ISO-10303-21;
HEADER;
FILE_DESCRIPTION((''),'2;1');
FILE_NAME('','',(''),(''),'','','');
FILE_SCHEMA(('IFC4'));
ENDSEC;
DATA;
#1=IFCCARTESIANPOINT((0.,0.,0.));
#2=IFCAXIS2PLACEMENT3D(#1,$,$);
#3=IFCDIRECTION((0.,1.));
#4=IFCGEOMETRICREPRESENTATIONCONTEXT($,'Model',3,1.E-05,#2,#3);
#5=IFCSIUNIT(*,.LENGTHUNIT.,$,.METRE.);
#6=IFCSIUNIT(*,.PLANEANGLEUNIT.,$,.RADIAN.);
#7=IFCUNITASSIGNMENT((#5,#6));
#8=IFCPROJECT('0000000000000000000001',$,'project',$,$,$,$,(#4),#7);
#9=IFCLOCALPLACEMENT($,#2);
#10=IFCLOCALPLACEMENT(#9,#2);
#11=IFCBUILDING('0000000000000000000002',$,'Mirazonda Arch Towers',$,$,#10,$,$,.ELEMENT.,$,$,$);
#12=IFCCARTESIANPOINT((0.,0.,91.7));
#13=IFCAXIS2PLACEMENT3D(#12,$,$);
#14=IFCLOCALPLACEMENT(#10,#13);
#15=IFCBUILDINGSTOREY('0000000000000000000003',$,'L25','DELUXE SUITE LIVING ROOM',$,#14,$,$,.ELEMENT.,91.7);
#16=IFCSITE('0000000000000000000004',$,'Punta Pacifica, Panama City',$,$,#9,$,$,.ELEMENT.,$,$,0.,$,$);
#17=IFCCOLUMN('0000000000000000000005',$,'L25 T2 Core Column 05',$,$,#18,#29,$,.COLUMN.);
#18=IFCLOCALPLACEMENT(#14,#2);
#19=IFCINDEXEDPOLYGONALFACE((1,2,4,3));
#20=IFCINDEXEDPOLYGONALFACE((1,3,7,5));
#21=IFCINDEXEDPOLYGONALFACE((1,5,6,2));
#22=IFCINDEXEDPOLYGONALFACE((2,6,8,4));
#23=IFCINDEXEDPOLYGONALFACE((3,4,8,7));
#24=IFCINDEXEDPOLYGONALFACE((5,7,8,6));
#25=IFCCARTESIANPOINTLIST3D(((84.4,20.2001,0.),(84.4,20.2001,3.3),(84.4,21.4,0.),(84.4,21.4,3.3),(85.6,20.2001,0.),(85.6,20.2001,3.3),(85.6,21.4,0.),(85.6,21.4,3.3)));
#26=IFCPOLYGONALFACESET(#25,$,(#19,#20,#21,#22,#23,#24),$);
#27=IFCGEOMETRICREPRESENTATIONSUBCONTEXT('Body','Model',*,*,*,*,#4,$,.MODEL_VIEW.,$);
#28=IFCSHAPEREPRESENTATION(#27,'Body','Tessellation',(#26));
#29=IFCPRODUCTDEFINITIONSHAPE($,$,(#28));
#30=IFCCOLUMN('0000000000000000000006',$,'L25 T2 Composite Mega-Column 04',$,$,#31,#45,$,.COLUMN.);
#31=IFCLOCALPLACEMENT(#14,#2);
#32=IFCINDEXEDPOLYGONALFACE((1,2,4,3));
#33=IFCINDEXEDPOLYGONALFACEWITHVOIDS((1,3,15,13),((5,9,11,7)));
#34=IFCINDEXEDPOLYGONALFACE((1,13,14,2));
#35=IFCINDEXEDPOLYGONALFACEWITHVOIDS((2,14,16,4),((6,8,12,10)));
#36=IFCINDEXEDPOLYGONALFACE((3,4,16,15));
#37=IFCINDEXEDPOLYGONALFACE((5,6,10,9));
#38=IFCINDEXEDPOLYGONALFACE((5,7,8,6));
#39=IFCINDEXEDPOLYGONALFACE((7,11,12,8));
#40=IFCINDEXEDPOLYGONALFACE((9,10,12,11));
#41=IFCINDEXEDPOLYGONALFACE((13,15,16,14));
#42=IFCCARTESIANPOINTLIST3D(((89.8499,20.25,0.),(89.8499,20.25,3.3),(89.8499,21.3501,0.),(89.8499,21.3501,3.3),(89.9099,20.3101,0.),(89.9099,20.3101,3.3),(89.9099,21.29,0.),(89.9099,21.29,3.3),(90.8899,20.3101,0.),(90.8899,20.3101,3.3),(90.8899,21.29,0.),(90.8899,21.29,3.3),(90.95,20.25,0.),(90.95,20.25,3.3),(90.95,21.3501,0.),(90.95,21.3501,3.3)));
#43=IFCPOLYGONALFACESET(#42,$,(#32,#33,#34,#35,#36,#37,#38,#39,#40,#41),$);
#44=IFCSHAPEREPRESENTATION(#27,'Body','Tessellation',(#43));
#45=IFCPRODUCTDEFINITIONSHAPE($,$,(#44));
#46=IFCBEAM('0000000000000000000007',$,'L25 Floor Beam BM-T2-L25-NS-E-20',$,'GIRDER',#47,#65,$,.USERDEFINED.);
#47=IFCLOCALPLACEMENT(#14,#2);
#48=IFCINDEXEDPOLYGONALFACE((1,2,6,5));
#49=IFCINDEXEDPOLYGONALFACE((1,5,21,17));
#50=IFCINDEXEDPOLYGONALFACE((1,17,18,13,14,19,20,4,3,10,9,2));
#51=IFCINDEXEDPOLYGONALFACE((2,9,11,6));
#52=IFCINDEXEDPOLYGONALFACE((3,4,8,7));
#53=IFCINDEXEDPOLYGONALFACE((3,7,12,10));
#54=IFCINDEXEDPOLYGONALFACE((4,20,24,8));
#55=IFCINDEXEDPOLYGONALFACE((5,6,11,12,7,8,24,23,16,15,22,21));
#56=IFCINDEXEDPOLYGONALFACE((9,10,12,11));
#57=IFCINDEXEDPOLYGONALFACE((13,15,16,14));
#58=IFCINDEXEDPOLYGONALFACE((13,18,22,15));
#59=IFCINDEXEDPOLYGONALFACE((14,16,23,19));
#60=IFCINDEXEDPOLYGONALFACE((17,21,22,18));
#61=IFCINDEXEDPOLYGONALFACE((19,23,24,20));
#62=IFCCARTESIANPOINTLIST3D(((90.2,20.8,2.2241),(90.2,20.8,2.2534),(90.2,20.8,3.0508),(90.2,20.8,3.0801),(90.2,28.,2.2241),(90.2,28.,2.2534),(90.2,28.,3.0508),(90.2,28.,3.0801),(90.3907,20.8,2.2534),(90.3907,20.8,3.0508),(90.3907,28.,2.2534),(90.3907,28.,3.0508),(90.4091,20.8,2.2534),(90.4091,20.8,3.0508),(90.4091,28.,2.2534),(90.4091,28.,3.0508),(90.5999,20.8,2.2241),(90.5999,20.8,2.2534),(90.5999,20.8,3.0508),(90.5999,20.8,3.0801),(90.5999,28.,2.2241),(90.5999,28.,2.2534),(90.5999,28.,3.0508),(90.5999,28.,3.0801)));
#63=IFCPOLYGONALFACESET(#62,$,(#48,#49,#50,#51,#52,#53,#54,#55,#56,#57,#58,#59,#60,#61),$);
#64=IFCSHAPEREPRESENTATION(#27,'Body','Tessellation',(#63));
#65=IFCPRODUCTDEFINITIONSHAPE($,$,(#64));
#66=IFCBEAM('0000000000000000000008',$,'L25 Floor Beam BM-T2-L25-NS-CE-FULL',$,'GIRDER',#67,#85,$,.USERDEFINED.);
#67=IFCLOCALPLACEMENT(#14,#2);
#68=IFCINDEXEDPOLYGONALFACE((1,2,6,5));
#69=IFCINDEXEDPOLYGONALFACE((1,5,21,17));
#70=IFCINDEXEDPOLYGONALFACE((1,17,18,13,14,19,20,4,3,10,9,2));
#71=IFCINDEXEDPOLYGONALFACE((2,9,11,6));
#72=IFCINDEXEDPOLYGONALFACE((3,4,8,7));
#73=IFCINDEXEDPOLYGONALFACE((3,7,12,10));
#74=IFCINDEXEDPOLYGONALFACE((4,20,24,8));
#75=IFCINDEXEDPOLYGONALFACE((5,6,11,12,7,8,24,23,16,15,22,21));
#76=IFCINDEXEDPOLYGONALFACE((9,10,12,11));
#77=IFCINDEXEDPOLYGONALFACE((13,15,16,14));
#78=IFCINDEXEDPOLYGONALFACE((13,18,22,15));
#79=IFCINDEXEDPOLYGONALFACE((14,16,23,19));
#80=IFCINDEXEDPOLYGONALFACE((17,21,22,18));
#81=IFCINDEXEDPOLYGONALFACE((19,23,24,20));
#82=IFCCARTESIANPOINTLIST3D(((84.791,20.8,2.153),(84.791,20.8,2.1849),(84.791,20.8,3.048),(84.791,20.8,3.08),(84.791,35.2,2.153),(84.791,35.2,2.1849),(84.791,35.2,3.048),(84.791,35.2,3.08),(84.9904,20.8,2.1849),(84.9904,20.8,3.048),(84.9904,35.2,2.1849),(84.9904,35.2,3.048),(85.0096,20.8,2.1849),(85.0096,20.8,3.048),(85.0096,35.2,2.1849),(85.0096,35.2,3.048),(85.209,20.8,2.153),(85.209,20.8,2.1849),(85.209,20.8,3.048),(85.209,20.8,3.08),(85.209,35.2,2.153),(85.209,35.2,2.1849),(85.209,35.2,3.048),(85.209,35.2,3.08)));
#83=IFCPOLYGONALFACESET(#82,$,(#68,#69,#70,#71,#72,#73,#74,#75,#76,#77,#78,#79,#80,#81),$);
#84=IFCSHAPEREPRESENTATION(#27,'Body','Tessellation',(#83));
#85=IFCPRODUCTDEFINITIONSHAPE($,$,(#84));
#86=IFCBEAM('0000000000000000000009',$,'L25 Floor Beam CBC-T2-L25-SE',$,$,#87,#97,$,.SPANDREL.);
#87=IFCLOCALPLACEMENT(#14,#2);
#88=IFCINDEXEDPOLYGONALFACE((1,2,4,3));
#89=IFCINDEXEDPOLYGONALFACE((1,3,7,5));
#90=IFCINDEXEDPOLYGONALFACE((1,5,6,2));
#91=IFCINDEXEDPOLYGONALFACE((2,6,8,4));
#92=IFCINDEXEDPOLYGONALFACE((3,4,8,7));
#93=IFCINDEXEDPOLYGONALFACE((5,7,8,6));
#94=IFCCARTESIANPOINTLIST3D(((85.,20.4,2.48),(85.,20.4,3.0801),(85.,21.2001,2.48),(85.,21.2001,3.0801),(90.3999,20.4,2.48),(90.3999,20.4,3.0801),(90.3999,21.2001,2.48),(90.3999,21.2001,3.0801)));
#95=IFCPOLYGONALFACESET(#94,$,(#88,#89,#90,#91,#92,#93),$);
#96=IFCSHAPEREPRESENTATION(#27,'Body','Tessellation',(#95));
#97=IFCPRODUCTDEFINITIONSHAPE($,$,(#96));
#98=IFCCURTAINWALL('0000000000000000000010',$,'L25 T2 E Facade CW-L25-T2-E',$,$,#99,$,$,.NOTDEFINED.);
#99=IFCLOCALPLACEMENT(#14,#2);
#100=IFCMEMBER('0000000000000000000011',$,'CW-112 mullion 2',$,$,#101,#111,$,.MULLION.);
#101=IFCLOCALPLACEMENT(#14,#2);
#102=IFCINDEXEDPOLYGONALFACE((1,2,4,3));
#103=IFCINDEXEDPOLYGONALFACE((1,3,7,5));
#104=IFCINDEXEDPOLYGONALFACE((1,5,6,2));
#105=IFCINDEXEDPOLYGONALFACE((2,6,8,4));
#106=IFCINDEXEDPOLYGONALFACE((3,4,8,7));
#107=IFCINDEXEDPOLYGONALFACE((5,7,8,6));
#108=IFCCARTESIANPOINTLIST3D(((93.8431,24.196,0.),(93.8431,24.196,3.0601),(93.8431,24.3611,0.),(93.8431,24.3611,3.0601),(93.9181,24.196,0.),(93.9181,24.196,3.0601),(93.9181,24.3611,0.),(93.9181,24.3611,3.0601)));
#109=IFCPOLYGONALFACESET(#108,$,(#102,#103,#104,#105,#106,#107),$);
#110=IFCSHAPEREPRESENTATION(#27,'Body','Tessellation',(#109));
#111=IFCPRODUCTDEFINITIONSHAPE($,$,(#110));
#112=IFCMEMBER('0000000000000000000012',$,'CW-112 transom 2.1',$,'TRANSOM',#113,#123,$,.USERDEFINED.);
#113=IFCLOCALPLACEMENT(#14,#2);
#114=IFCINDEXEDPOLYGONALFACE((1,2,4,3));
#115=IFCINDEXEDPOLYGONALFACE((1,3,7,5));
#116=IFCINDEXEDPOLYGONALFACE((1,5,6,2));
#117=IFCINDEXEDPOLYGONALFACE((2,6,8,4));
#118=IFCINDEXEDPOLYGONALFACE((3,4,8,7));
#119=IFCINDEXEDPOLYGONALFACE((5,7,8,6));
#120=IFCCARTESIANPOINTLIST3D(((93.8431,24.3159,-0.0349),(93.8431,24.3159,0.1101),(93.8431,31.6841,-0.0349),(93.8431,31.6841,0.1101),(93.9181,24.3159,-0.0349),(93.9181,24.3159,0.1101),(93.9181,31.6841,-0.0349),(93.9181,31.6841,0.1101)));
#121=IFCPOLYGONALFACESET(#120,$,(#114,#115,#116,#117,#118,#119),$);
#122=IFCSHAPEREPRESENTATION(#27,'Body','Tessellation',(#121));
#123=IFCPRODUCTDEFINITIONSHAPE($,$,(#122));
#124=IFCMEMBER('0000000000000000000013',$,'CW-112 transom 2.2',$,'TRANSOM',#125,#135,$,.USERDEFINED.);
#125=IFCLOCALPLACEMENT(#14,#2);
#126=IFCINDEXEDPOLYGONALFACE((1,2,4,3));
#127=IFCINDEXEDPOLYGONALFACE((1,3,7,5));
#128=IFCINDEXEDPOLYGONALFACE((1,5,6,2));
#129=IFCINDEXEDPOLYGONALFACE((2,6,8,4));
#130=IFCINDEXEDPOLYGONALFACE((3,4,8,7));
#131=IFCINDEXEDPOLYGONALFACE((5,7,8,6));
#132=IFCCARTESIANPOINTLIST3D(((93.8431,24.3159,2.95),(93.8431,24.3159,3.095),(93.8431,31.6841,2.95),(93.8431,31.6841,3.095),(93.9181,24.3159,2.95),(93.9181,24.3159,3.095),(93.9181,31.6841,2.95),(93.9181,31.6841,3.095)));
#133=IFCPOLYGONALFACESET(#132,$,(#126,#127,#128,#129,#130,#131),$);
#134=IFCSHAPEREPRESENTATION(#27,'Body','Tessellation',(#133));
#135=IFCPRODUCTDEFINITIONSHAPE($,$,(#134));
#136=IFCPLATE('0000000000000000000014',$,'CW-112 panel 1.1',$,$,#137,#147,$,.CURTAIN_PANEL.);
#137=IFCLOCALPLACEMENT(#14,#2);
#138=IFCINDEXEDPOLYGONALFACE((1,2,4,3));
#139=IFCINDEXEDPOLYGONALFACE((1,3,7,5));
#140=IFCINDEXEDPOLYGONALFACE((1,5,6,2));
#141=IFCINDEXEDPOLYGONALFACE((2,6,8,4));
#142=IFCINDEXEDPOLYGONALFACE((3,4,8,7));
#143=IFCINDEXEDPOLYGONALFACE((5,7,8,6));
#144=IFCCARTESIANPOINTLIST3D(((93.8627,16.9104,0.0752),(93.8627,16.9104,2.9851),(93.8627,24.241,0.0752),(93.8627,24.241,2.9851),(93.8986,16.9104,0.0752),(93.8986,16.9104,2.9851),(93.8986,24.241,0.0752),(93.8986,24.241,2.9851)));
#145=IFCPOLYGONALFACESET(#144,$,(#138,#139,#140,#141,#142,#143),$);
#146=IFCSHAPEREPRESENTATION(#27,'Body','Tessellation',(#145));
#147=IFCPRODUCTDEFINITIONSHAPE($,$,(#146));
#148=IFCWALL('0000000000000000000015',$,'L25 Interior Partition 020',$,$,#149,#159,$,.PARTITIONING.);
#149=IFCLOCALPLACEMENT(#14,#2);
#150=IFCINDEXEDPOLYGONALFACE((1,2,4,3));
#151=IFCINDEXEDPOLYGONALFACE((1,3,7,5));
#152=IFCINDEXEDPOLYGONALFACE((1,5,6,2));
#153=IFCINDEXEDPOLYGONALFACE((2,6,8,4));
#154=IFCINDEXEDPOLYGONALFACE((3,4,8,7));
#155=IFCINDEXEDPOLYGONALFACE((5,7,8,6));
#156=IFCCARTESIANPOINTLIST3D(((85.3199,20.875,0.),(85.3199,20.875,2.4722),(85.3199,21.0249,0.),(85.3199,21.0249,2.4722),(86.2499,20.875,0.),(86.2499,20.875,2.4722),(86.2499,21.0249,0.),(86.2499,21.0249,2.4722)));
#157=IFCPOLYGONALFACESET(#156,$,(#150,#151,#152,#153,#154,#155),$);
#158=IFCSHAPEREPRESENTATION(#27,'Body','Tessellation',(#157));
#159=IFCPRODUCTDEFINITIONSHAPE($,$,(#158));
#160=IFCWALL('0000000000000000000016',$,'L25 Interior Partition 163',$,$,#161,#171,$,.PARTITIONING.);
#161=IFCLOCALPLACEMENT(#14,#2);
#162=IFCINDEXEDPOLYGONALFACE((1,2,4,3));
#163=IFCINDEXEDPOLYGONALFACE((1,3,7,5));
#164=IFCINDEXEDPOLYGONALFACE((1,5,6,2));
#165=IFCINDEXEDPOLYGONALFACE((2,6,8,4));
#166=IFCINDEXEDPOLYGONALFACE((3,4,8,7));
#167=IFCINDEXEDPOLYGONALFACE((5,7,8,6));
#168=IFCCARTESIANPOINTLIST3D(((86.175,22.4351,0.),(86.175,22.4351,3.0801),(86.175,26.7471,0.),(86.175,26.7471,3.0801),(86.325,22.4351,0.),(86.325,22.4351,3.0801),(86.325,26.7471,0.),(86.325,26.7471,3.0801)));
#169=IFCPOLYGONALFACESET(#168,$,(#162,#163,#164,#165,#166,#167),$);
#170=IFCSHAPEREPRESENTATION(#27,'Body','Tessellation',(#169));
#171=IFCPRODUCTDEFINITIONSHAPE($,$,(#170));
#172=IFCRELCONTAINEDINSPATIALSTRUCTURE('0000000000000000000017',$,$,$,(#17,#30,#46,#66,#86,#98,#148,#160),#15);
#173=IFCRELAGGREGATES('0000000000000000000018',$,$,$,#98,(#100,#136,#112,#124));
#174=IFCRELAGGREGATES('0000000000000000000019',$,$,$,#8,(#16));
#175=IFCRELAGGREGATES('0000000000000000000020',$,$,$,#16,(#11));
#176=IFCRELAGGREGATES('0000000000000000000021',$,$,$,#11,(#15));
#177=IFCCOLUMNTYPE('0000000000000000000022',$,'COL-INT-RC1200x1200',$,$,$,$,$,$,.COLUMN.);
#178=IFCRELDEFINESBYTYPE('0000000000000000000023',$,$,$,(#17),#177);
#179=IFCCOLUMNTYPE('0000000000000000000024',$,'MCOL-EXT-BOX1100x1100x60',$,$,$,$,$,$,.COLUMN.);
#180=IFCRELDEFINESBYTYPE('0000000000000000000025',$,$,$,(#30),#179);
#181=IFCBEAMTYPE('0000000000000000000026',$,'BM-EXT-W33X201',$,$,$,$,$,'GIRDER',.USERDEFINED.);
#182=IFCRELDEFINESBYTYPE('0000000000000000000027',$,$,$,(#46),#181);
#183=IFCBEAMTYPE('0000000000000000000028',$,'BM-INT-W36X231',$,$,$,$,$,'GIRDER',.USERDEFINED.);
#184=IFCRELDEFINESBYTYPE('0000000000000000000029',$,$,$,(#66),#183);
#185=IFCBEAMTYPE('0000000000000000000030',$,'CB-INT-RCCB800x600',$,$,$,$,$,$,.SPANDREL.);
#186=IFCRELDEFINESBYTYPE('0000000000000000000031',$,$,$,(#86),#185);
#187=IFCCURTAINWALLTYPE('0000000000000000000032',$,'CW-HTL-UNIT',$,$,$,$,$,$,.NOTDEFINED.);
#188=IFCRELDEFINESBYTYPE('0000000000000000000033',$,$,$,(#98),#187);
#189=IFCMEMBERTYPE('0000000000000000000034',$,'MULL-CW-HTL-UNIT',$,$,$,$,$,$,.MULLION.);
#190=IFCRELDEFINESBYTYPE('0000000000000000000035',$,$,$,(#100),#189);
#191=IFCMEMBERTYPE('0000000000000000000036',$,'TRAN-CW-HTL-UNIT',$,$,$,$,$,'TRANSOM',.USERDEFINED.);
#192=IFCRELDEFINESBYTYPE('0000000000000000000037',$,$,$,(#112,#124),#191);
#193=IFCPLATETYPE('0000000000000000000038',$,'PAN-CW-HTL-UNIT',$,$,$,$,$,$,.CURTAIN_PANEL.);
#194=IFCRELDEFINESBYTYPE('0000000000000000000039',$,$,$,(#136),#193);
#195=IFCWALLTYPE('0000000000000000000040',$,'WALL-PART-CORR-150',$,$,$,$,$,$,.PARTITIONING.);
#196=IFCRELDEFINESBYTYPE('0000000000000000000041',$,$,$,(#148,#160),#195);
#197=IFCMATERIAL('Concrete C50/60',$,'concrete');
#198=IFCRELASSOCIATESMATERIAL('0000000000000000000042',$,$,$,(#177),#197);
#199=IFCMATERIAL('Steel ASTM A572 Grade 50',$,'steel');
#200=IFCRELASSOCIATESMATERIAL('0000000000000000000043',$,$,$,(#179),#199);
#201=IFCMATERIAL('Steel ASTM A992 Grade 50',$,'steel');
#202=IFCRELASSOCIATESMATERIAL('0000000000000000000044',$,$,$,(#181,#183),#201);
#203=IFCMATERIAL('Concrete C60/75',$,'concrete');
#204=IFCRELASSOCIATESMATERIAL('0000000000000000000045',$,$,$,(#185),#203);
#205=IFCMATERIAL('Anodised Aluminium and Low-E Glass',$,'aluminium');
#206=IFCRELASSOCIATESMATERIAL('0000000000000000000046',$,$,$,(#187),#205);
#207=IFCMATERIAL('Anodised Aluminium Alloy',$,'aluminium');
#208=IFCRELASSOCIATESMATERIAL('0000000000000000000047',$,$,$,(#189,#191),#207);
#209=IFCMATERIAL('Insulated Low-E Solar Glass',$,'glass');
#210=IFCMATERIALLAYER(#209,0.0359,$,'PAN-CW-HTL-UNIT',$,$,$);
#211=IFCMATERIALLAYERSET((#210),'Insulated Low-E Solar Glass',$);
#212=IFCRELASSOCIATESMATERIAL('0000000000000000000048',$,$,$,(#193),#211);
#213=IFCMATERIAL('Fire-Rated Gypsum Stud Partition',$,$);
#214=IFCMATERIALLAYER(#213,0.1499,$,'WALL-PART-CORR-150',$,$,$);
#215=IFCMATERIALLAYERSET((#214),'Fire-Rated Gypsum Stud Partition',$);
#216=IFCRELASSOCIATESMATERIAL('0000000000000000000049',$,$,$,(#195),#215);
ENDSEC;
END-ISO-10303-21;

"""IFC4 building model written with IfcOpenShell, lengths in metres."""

from ifc_helpers import new_model, si_unit, direction, frame, frame_2d, origin, origin_2d, place, context, subcontext, project, spatial, rectangle, hollow_rectangle, i_section, extrude, material, layer, layer_set, material_profile, profile_set, type_object, element, aggregate, save


model = new_model("IFC4")

# Units and contexts
model_context = context("Model", 3, precision=1e-05, world=origin(), true_north=direction((0.0, 1.0)))
body_context = subcontext(model_context, "Body", "Model", "MODEL_VIEW")
ifc_project = project(units=[si_unit("LENGTHUNIT", "METRE"), si_unit("PLANEANGLEUNIT", "RADIAN")], contexts=[model_context])

# Site, building, storey
site_placement = place(None, origin())
site = spatial("IfcSite", under=ifc_project, at=site_placement, Name="Punta Pacifica, Panama City", CompositionType="ELEMENT", RefElevation=0.0)
building_placement = place(site_placement, origin())
building = spatial("IfcBuilding", under=site, at=building_placement, Name="Mirazonda Arch Towers", CompositionType="ELEMENT")
storey_placement = place(building_placement, frame((0.0, 0.0, 91.7)))
storey = spatial("IfcBuildingStorey", under=building, at=storey_placement, Name="L25", Description="DELUXE SUITE LIVING ROOM", CompositionType="ELEMENT", Elevation=91.7)

# Columns
ifc_material_1 = material(Name="Concrete C50/60", Category="concrete")
ifc_material_profile_1 = material_profile(ifc_material_1, rectangle(XDim=1.2, YDim=1.2, at=origin_2d()), Name="RC1200x1200")
ifc_profile_set_1 = profile_set([ifc_material_profile_1], Name="Concrete C50/60")
column_type_1 = type_object("IfcColumnType", Name="COL-INT-RC1200x1200", PredefinedType="COLUMN", material=ifc_profile_set_1)
column_1_placement = place(storey_placement, frame((85.0, 20.8, 0.0), z_axis=(0.0, 0.0, 1.0), x_axis=(1.0, 0.0, 0.0)))
element("IfcColumn", 1, at=column_1_placement, inside=storey, type_object=column_type_1, Name="L25 T2 Core Column 05", PredefinedType="COLUMN", context=body_context, shape_type="SweptSolid", body=[
    extrude(rectangle(XDim=1.2, YDim=1.2, at=origin_2d()), origin(), (0.0, 0.0, 1.0), 3.3),
])
ifc_material_2 = material(Name="Steel ASTM A572 Grade 50", Category="steel")
ifc_material_profile_2 = material_profile(ifc_material_2, hollow_rectangle(XDim=1.1001, YDim=1.1001, WallThickness=0.0601, at=origin_2d()), Name="BOX1100x1100x60")
ifc_profile_set_2 = profile_set([ifc_material_profile_2], Name="Steel ASTM A572 Grade 50")
column_type_2 = type_object("IfcColumnType", Name="MCOL-EXT-BOX1100x1100x60", PredefinedType="COLUMN", material=ifc_profile_set_2)
column_2_placement = place(storey_placement, frame((90.3999, 20.8, 0.0), z_axis=(0.0, 0.0, 1.0), x_axis=(1.0, 0.0, 0.0)))
element("IfcColumn", 2, at=column_2_placement, inside=storey, type_object=column_type_2, Name="L25 T2 Composite Mega-Column 04", PredefinedType="COLUMN", context=body_context, shape_type="SweptSolid", body=[
    extrude(hollow_rectangle(XDim=1.1001, YDim=1.1001, WallThickness=0.0601, at=origin_2d()), origin(), (0.0, 0.0, 1.0), 3.3),
])

# Beams
ifc_material_3 = material(Name="Steel ASTM A992 Grade 50", Category="steel")
ifc_material_profile_3 = material_profile(ifc_material_3, i_section(OverallWidth=0.3999, OverallDepth=0.856, WebThickness=0.0183, FlangeThickness=0.0293, at=origin_2d()), Name="W33X201")
ifc_profile_set_3 = profile_set([ifc_material_profile_3], Name="Steel ASTM A992 Grade 50")
beam_type_1 = type_object("IfcBeamType", Name="BM-EXT-W33X201", ElementType="GIRDER", PredefinedType="USERDEFINED", material=ifc_profile_set_3)
beam_1_placement = place(storey_placement, frame((90.3999, 20.8, 2.6521), z_axis=(0.0, 1.0, 0.0), x_axis=(-1.0, 0.0, 0.0)))
element("IfcBeam", 3, at=beam_1_placement, inside=storey, type_object=beam_type_1, Name="L25 Floor Beam BM-T2-L25-NS-E-20", ObjectType="GIRDER", PredefinedType="USERDEFINED", context=body_context, shape_type="SweptSolid", body=[
    extrude(i_section(OverallWidth=0.3999, OverallDepth=0.856, WebThickness=0.0183, FlangeThickness=0.0293, at=origin_2d()), origin(), (0.0, 0.0, 1.0), 7.2),
])
ifc_material_profile_4 = material_profile(ifc_material_3, i_section(OverallWidth=0.418, OverallDepth=0.927, WebThickness=0.0193, FlangeThickness=0.032, at=origin_2d()), Name="W36X231")
ifc_profile_set_4 = profile_set([ifc_material_profile_4], Name="Steel ASTM A992 Grade 50")
beam_type_2 = type_object("IfcBeamType", Name="BM-INT-W36X231", ElementType="GIRDER", PredefinedType="USERDEFINED", material=ifc_profile_set_4)
beam_2_placement = place(storey_placement, frame((85.0, 20.8, 2.6165), z_axis=(0.0, 1.0, 0.0), x_axis=(-1.0, 0.0, 0.0)))
element("IfcBeam", 4, at=beam_2_placement, inside=storey, type_object=beam_type_2, Name="L25 Floor Beam BM-T2-L25-NS-CE-FULL", ObjectType="GIRDER", PredefinedType="USERDEFINED", context=body_context, shape_type="SweptSolid", body=[
    extrude(i_section(OverallWidth=0.418, OverallDepth=0.927, WebThickness=0.0193, FlangeThickness=0.032, at=origin_2d()), origin(), (0.0, 0.0, 1.0), 14.3999),
])
ifc_material_4 = material(Name="Concrete C60/75", Category="concrete")
ifc_material_profile_5 = material_profile(ifc_material_4, rectangle(XDim=0.8, YDim=0.6001, at=origin_2d()), Name="RCCB800x600")
ifc_profile_set_5 = profile_set([ifc_material_profile_5], Name="Concrete C60/75")
beam_type_3 = type_object("IfcBeamType", Name="CB-INT-RCCB800x600", PredefinedType="SPANDREL", material=ifc_profile_set_5)
beam_3_placement = place(storey_placement, frame((85.0, 20.8, 2.78), z_axis=(1.0, 0.0, 0.0), x_axis=(0.0, 1.0, 0.0)))
element("IfcBeam", 5, at=beam_3_placement, inside=storey, type_object=beam_type_3, Name="L25 Floor Beam CBC-T2-L25-SE", PredefinedType="SPANDREL", context=body_context, shape_type="SweptSolid", body=[
    extrude(rectangle(XDim=0.8, YDim=0.6001, at=origin_2d()), origin(), (0.0, 0.0, 1.0), 5.3999),
])

# Curtain wall, members, plate
ifc_material_5 = material(Name="Anodised Aluminium and Low-E Glass", Category="aluminium")
curtain_wall_type = type_object("IfcCurtainWallType", Name="CW-HTL-UNIT", PredefinedType="NOTDEFINED", material=ifc_material_5)
curtain_wall_placement = place(storey_placement, origin())
curtain_wall = element("IfcCurtainWall", 6, at=curtain_wall_placement, inside=storey, type_object=curtain_wall_type, Name="L25 T2 E Facade CW-L25-T2-E", PredefinedType="NOTDEFINED")
ifc_material_6 = material(Name="Anodised Aluminium Alloy", Category="aluminium")
ifc_material_profile_6 = material_profile(ifc_material_6, rectangle(XDim=0.075, YDim=0.165, at=origin_2d()), Name="ALU-MULL-75x165")
ifc_profile_set_6 = profile_set([ifc_material_profile_6], Name="Anodised Aluminium Alloy")
member_type_1 = type_object("IfcMemberType", Name="MULL-CW-HTL-UNIT", PredefinedType="MULLION", material=ifc_profile_set_6)
member_1_placement = place(storey_placement, frame((93.8806, 24.2786, 0.0), z_axis=(0.0, 0.0, 1.0), x_axis=(-1.0, 0.0, 0.0)))
member_1 = element("IfcMember", 7, at=member_1_placement, type_object=member_type_1, Name="CW-112 mullion 2", PredefinedType="MULLION", context=body_context, shape_type="SweptSolid", body=[
    extrude(rectangle(XDim=0.075, YDim=0.165, at=origin_2d()), origin(), (0.0, 0.0, 1.0), 3.0601),
])
ifc_material_profile_7 = material_profile(ifc_material_6, rectangle(XDim=0.075, YDim=0.145, at=origin_2d()), Name="ALU-TRAN-75x145")
ifc_profile_set_7 = profile_set([ifc_material_profile_7], Name="Anodised Aluminium Alloy")
member_type_2 = type_object("IfcMemberType", Name="TRAN-CW-HTL-UNIT", ElementType="TRANSOM", PredefinedType="USERDEFINED", material=ifc_profile_set_7)
member_2_placement = place(storey_placement, frame((93.8806, 24.3159, 0.0376), z_axis=(0.0, 1.0, 0.0), x_axis=(-1.0, 0.0, 0.0)))
member_2 = element("IfcMember", 8, at=member_2_placement, type_object=member_type_2, Name="CW-112 transom 2.1", ObjectType="TRANSOM", PredefinedType="USERDEFINED", context=body_context, shape_type="SweptSolid", body=[
    extrude(rectangle(XDim=0.075, YDim=0.145, at=origin_2d()), origin(), (0.0, 0.0, 1.0), 7.3682),
])
member_3_placement = place(storey_placement, frame((93.8806, 24.3159, 3.0225), z_axis=(0.0, 1.0, 0.0), x_axis=(-1.0, 0.0, 0.0)))
member_3 = element("IfcMember", 9, at=member_3_placement, type_object=member_type_2, Name="CW-112 transom 2.2", ObjectType="TRANSOM", PredefinedType="USERDEFINED", context=body_context, shape_type="SweptSolid", body=[
    extrude(rectangle(XDim=0.075, YDim=0.145, at=origin_2d()), origin(), (0.0, 0.0, 1.0), 7.3682),
])
ifc_material_7 = material(Name="Insulated Low-E Solar Glass", Category="glass")
ifc_layer_1 = layer(ifc_material_7, 0.0359, Name="PAN-CW-HTL-UNIT")
ifc_layer_set_1 = layer_set([ifc_layer_1], Name="Insulated Low-E Solar Glass")
plate_type = type_object("IfcPlateType", Name="PAN-CW-HTL-UNIT", PredefinedType="CURTAIN_PANEL", material=ifc_layer_set_1)
plate_placement = place(storey_placement, frame((93.8806, 20.5757, 0.0752), z_axis=(0.0, 0.0, 1.0), x_axis=(0.0, 1.0, 0.0)))
plate = element("IfcPlate", 10, at=plate_placement, type_object=plate_type, Name="CW-112 panel 1.1", PredefinedType="CURTAIN_PANEL", context=body_context, shape_type="SweptSolid", body=[
    extrude(rectangle(XDim=7.3306, YDim=0.0359, at=origin_2d()), origin(), (0.0, 0.0, 1.0), 2.9099),
])
aggregate(curtain_wall, [member_1, plate, member_2, member_3])

# Walls
ifc_material_8 = material(Name="Fire-Rated Gypsum Stud Partition")
ifc_layer_2 = layer(ifc_material_8, 0.1499, Name="WALL-PART-CORR-150")
ifc_layer_set_2 = layer_set([ifc_layer_2], Name="Fire-Rated Gypsum Stud Partition")
wall_type_1 = type_object("IfcWallType", Name="WALL-PART-CORR-150", PredefinedType="PARTITIONING", material=ifc_layer_set_2)
wall_1_placement = place(storey_placement, frame((85.3201, 20.95, 0.0), z_axis=(0.0, 0.0, 1.0), x_axis=(1.0, 0.0, 0.0)))
element("IfcWall", 11, at=wall_1_placement, inside=storey, type_object=wall_type_1, Name="L25 Interior Partition 020", PredefinedType="PARTITIONING", context=body_context, shape_type="SweptSolid", body=[
    extrude(rectangle(XDim=0.9299, YDim=0.1499, at=frame_2d((0.4648, 0.0))), origin(), (0.0, 0.0, 1.0), 2.4722),
])
wall_2_placement = place(storey_placement, frame((86.25, 22.4351, 0.0), z_axis=(0.0, 0.0, 1.0), x_axis=(0.0, 1.0, 0.0)))
element("IfcWall", 12, at=wall_2_placement, inside=storey, type_object=wall_type_1, Name="L25 Interior Partition 163", PredefinedType="PARTITIONING", context=body_context, shape_type="SweptSolid", body=[
    extrude(rectangle(XDim=4.312, YDim=0.1499, at=frame_2d((2.156, 0.0))), origin(), (0.0, 0.0, 1.0), 3.0801),
])

save(model, "model.ifc")
